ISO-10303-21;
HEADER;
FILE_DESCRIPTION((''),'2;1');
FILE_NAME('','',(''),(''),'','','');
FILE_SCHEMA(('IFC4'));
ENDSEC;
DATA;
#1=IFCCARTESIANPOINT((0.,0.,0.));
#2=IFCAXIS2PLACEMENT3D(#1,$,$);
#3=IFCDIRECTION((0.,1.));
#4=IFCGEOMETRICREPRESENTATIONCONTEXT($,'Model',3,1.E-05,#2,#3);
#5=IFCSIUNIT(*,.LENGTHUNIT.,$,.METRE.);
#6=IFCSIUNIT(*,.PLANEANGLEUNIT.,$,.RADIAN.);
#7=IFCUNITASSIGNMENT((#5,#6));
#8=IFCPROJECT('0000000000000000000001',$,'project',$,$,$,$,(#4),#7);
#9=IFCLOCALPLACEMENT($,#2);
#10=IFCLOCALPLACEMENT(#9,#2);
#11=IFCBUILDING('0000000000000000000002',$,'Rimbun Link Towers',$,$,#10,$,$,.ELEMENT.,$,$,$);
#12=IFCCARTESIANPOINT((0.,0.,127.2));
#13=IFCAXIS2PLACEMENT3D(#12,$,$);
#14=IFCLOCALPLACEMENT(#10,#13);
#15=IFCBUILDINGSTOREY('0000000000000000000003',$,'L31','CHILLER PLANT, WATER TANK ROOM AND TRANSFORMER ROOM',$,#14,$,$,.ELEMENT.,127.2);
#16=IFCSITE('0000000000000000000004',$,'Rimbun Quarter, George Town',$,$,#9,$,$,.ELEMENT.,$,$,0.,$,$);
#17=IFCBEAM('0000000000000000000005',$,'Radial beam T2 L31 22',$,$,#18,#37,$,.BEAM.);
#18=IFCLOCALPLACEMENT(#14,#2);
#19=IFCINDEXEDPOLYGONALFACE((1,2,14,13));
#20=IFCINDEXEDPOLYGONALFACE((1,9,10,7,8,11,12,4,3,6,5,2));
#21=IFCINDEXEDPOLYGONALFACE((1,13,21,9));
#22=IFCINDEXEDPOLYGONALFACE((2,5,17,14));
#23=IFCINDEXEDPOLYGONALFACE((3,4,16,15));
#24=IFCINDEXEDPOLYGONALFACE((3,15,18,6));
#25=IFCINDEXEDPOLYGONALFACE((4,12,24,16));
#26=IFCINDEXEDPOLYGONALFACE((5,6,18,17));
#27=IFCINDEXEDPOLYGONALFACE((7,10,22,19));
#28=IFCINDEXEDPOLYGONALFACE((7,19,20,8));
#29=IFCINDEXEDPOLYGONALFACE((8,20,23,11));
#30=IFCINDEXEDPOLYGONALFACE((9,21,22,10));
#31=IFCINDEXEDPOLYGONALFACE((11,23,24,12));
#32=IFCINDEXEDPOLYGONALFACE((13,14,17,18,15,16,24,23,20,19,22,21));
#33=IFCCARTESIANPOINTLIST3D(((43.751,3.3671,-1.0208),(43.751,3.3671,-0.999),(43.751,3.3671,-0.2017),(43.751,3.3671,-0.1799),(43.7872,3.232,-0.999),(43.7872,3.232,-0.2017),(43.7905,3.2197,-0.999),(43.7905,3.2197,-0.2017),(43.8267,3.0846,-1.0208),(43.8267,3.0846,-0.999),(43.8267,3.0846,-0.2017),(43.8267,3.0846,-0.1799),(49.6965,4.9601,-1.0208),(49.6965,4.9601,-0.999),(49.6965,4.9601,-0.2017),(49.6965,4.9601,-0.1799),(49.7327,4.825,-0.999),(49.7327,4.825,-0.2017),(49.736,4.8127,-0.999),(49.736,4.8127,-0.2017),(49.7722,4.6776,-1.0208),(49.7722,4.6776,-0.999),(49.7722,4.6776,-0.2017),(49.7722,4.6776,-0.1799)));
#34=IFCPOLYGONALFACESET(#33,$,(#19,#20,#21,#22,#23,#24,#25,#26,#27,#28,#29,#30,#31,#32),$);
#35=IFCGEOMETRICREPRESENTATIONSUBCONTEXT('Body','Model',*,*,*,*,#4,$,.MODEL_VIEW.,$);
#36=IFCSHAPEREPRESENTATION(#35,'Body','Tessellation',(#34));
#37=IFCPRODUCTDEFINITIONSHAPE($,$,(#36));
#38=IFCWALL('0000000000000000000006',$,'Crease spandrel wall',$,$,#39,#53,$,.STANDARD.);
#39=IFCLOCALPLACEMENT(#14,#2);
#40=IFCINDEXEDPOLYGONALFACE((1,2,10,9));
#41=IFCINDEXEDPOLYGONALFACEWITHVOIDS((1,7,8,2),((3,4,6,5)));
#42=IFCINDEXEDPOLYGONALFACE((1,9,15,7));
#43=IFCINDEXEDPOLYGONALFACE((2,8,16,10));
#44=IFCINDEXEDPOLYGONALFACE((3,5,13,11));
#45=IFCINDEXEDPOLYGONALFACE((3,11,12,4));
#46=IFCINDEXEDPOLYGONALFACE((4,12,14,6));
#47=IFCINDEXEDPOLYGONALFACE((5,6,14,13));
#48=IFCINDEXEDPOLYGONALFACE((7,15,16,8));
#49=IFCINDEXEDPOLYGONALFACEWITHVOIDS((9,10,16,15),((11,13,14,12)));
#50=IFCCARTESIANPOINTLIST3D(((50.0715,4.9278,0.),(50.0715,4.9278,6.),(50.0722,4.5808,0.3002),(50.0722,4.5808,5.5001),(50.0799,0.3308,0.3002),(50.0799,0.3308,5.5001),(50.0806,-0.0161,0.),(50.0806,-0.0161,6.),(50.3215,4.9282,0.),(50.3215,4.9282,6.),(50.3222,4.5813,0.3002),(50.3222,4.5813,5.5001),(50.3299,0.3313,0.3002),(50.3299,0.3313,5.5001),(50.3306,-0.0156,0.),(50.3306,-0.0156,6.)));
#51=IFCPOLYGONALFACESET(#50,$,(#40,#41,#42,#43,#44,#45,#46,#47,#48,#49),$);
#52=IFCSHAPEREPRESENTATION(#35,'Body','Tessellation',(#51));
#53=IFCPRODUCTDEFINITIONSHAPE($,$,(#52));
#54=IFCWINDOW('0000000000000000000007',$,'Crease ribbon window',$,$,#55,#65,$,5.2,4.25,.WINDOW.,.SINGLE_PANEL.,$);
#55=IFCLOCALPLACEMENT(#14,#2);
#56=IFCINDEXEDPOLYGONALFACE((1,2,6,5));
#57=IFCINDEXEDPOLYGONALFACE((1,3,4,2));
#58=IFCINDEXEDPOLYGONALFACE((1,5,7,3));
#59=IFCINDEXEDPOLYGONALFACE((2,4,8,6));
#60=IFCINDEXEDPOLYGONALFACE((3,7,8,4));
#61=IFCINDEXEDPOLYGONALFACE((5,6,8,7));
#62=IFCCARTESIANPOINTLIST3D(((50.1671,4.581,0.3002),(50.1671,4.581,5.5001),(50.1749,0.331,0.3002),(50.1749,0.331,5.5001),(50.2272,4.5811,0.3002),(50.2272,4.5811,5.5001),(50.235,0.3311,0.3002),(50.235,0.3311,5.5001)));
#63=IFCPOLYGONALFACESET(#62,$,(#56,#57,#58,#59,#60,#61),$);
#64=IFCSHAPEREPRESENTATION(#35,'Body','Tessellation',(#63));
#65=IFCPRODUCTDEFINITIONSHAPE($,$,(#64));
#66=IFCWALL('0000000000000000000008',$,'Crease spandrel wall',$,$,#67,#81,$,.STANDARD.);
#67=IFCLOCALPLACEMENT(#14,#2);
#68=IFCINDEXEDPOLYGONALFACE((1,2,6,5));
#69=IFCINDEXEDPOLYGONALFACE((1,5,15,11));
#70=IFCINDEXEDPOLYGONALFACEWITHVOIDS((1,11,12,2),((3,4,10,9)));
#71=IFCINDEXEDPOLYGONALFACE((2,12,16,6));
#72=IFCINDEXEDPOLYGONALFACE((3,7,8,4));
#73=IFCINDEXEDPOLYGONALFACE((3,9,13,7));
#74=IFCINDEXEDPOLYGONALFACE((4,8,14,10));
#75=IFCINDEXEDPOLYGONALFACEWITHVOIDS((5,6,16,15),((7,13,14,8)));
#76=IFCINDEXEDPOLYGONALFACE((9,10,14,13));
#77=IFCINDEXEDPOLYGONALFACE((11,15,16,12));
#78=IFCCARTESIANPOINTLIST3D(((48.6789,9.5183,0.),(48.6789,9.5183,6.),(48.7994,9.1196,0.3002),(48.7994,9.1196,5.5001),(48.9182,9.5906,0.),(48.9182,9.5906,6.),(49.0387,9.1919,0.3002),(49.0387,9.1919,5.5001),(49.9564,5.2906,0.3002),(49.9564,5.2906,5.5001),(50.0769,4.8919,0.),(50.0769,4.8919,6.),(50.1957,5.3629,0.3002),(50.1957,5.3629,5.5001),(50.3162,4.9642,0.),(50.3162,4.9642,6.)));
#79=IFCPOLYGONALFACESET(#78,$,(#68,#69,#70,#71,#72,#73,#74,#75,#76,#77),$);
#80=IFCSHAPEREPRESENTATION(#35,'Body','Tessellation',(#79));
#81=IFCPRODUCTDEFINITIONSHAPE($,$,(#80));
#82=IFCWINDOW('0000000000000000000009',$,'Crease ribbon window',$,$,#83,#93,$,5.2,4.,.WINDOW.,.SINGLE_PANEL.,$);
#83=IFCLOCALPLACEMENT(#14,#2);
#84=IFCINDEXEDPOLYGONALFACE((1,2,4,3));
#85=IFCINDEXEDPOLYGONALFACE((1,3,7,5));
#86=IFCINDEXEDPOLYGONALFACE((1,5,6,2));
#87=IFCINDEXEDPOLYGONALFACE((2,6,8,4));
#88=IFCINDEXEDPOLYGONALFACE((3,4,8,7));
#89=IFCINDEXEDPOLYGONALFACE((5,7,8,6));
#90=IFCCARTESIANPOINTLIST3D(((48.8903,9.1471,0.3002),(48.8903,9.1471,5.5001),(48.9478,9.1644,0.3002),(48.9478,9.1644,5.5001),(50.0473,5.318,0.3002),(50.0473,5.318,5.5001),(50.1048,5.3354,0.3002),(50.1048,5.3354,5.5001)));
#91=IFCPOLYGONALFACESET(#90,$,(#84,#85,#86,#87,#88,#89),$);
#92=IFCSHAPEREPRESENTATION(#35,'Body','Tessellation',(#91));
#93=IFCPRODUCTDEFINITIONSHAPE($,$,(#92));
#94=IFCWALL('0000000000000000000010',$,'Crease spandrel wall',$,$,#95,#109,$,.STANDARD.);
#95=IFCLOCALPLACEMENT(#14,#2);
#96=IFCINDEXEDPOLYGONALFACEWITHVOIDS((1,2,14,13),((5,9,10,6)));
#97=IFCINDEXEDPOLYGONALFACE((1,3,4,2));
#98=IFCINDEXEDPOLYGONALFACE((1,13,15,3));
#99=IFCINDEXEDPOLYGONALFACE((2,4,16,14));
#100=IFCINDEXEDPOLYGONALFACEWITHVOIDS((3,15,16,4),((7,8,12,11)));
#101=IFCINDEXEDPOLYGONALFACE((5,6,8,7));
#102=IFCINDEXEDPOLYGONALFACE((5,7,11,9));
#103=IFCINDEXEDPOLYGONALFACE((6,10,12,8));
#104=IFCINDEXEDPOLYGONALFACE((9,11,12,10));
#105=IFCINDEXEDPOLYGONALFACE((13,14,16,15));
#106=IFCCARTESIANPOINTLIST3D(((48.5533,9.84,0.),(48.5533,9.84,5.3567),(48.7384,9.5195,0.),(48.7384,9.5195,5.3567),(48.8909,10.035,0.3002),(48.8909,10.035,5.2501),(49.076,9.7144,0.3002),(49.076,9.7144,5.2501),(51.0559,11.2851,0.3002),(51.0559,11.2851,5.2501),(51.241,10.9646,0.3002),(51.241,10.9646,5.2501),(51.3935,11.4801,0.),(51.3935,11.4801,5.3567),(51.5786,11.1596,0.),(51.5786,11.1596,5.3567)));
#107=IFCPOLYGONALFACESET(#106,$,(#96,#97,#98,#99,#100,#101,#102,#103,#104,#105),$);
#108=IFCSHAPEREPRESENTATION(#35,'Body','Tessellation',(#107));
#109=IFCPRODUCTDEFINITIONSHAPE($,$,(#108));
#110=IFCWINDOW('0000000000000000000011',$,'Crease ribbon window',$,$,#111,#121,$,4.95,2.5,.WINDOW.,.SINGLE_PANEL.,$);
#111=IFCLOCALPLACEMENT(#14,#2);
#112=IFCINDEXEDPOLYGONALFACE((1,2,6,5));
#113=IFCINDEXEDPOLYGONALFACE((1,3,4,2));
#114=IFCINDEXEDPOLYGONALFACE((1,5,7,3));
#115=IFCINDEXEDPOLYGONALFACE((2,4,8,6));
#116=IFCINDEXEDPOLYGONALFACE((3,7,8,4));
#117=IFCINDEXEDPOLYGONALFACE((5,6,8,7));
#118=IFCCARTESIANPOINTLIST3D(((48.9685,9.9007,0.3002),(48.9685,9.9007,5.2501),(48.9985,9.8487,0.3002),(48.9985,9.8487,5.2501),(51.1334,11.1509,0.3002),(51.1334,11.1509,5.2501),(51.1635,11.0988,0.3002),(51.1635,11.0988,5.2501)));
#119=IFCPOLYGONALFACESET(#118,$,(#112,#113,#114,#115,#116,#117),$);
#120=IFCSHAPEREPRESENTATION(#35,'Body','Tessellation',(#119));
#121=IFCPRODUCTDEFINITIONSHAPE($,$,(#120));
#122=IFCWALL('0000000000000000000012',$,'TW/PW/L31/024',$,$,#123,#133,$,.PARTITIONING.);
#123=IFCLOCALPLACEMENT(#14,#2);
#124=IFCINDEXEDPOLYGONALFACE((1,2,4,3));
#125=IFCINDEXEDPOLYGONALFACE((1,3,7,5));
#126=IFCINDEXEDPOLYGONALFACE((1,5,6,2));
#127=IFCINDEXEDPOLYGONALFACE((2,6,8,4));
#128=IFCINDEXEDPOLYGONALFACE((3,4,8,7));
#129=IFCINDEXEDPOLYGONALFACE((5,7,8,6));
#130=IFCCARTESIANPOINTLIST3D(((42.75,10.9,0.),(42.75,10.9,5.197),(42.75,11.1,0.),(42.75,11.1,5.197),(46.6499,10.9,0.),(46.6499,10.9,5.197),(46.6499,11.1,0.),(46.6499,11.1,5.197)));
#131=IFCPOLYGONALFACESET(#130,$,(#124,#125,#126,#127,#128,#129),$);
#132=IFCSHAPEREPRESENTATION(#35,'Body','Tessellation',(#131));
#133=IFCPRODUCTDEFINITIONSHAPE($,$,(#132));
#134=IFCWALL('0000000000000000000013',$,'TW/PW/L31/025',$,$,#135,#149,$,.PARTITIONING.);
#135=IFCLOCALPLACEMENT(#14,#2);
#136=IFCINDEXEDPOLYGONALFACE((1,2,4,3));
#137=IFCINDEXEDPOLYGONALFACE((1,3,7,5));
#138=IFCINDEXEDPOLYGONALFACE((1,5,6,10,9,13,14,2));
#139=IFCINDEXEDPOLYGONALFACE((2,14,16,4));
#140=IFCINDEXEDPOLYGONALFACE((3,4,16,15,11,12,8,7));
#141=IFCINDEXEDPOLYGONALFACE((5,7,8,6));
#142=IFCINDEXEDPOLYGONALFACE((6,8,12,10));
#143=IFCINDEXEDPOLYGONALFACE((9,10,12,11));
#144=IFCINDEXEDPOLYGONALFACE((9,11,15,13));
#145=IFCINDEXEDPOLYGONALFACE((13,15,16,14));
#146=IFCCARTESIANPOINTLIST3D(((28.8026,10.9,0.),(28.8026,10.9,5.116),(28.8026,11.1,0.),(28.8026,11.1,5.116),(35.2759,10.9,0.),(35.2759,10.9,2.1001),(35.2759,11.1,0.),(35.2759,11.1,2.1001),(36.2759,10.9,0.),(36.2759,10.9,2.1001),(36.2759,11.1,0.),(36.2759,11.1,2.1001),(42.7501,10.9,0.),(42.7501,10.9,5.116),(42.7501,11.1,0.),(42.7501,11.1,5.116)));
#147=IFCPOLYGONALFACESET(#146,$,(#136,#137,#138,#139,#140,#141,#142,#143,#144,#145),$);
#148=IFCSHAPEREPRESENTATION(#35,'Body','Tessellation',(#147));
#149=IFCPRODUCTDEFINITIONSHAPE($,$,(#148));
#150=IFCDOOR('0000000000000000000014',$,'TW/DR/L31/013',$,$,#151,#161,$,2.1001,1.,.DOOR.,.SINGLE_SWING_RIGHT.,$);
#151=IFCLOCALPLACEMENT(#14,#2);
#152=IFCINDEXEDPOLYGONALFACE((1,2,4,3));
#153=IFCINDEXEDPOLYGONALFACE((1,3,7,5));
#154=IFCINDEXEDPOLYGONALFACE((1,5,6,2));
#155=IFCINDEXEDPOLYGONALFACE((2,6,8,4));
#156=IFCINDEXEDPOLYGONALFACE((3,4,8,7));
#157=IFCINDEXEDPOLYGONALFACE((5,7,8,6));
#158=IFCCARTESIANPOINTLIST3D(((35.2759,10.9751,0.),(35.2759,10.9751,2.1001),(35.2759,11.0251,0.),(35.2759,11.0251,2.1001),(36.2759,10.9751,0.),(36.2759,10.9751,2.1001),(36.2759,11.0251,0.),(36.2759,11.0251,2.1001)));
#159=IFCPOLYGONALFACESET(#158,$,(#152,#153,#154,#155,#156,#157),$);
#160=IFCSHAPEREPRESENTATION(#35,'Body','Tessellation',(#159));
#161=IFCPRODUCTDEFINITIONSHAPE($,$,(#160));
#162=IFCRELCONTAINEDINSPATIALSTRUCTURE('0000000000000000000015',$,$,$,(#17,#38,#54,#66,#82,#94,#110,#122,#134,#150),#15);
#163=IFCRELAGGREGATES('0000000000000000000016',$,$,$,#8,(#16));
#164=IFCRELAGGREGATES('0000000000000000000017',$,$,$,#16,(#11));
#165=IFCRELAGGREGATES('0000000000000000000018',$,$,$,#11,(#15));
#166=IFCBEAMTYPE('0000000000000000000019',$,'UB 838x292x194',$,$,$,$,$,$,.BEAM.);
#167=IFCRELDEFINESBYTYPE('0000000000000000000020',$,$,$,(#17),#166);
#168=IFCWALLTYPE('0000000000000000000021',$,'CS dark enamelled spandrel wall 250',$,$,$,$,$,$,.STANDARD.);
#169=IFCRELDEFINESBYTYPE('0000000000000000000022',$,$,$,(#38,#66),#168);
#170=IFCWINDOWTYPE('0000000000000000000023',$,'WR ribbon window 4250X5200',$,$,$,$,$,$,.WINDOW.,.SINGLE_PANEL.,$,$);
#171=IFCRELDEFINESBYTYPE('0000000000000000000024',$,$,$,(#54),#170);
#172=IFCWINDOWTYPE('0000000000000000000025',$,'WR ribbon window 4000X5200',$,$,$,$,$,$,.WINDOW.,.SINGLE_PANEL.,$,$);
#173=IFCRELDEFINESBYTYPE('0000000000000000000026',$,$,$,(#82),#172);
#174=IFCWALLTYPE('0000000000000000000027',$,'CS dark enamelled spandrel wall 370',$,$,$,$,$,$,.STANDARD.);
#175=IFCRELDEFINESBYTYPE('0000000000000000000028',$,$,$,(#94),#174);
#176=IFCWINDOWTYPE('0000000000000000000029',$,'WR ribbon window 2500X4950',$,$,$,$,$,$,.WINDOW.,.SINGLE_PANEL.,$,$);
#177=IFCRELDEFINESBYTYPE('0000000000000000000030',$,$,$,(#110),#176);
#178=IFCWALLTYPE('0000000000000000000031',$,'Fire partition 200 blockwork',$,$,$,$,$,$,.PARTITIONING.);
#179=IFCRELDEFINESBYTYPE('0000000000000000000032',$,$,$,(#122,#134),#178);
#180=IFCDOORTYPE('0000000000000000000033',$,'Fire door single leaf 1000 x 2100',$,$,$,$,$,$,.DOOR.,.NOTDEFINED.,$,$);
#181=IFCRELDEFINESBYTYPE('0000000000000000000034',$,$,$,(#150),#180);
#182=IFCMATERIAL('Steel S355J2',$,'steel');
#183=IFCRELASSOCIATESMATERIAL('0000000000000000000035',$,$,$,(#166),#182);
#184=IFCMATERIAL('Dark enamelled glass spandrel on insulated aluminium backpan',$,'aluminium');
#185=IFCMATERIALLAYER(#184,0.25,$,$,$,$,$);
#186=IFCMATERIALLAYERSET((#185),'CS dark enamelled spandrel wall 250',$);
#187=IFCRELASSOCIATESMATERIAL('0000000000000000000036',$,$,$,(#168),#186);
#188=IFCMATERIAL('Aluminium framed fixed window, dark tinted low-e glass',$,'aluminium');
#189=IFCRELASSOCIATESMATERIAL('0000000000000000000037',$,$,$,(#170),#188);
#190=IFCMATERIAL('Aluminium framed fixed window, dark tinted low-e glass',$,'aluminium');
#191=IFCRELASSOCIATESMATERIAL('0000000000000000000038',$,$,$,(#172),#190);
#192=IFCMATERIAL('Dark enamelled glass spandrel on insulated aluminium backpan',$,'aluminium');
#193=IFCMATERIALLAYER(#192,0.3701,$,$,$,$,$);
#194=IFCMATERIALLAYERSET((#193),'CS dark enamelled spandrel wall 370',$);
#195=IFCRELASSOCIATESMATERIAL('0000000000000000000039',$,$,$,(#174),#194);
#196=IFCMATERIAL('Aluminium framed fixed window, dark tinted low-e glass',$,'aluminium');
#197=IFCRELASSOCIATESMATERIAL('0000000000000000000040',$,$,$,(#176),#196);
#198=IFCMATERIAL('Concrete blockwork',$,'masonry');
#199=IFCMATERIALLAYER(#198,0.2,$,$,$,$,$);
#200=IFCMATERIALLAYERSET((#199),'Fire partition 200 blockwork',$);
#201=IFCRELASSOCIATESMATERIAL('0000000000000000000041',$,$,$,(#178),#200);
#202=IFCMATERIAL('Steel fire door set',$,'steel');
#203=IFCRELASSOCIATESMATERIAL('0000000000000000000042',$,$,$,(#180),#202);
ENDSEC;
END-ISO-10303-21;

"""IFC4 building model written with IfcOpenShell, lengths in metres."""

from ifc_helpers import new_model, si_unit, direction, frame, frame_2d, origin, origin_2d, place, context, subcontext, project, spatial, rectangle, i_section, extrude, material, layer, layer_set, material_profile, profile_set, type_object, element, fill, save


model = new_model("IFC4")

# Units and contexts
model_context = context("Model", 3, precision=1e-05, world=origin(), true_north=direction((0.0, 1.0)))
body_context = subcontext(model_context, "Body", "Model", "MODEL_VIEW")
ifc_project = project(units=[si_unit("LENGTHUNIT", "METRE"), si_unit("PLANEANGLEUNIT", "RADIAN")], contexts=[model_context])

# Site, building, storey
site_placement = place(None, origin())
site = spatial("IfcSite", under=ifc_project, at=site_placement, Name="Rimbun Quarter, George Town", CompositionType="ELEMENT", RefElevation=0.0)
building_placement = place(site_placement, origin())
building = spatial("IfcBuilding", under=site, at=building_placement, Name="Rimbun Link Towers", CompositionType="ELEMENT")
storey_placement = place(building_placement, frame((0.0, 0.0, 127.2)))
storey = spatial("IfcBuildingStorey", under=building, at=storey_placement, Name="L31", Description="CHILLER PLANT, WATER TANK ROOM AND TRANSFORMER ROOM", CompositionType="ELEMENT", Elevation=127.2)

# Beam
ifc_material_1 = material(Name="Steel S355J2", Category="steel")
ifc_material_profile_1 = material_profile(ifc_material_1, i_section(OverallWidth=0.2925, OverallDepth=0.8408, WebThickness=0.0127, FlangeThickness=0.0217, at=origin_2d()), Name="UB 838x292x194")
ifc_profile_set_1 = profile_set([ifc_material_profile_1], Name="Steel S355J2")
beam_type_1 = type_object("IfcBeamType", Name="UB 838x292x194", PredefinedType="BEAM", material=ifc_profile_set_1)
beam_1_placement = place(storey_placement, frame((43.7888, 3.2258, -0.6003), z_axis=(0.965929, 0.258805, 0.0), x_axis=(-0.258805, 0.965929, 0.0)))
element("IfcBeam", 1, at=beam_1_placement, inside=storey, type_object=beam_type_1, Name="Radial beam T2 L31 22", PredefinedType="BEAM", context=body_context, shape_type="SweptSolid", body=[
    extrude(i_section(OverallWidth=0.2925, OverallDepth=0.8408, WebThickness=0.0127, FlangeThickness=0.0217, at=origin_2d()), origin(), (0.0, 0.0, 1.0), 6.1553),
])

# Walls, openings, windows
ifc_material_2 = material(Name="Dark enamelled glass spandrel on insulated aluminium backpan", Category="aluminium")
ifc_layer_1 = layer(ifc_material_2, 0.25)
ifc_layer_set_1 = layer_set([ifc_layer_1], Name="CS dark enamelled spandrel wall 250")
wall_type_1 = type_object("IfcWallType", Name="CS dark enamelled spandrel wall 250", PredefinedType="STANDARD", material=ifc_layer_set_1)
wall_1_placement = place(storey_placement, frame((50.1965, 4.928, 0.0), z_axis=(0.0, 0.0, 1.0), x_axis=(0.001827, -0.999998, 0.0)))
wall_1 = element("IfcWall", 2, at=wall_1_placement, inside=storey, type_object=wall_type_1, Name="Crease spandrel wall", PredefinedType="STANDARD", context=body_context, shape_type="SweptSolid", body=[
    extrude(rectangle(XDim=4.9438, YDim=0.25, at=frame_2d((2.4719, 0.0))), origin(), (0.0, 0.0, 1.0), 6.0),
])
opening_1_placement = place(wall_1_placement, frame((0.3469, 0.0, 0.3)))
opening_1 = element("IfcOpeningElement", 3, at=opening_1_placement, cuts=wall_1, PredefinedType="OPENING", context=body_context, shape_type="SweptSolid", body=[
    extrude(rectangle(XDim=4.25, YDim=5.2, at=frame_2d((2.125, 2.6001))), frame((0.0, 0.135, 0.0), z_axis=(0.0, -1.0, 0.0), x_axis=(1.0, 0.0, 0.0)), (0.0, 0.0, 1.0), 0.27),
])
ifc_material_3 = material(Name="Aluminium framed fixed window, dark tinted low-e glass", Category="aluminium")
window_type_1 = type_object("IfcWindowType", Name="WR ribbon window 4250X5200", PartitioningType="SINGLE_PANEL", PredefinedType="WINDOW", material=ifc_material_3)
window_1_placement = place(opening_1_placement, origin())
window_1 = element("IfcWindow", 4, at=window_1_placement, inside=storey, type_object=window_type_1, Name="Crease ribbon window", OverallHeight=5.2, OverallWidth=4.25, PartitioningType="SINGLE_PANEL", PredefinedType="WINDOW", context=body_context, shape_type="SweptSolid", body=[
    extrude(rectangle(XDim=4.25, YDim=5.2, at=frame_2d((2.125, 2.6001))), frame((0.0, 0.03, 0.0), z_axis=(0.0, -1.0, 0.0), x_axis=(1.0, 0.0, 0.0)), (0.0, 0.0, 1.0), 0.0601),
])
fill(opening_1, window_1)
wall_2_placement = place(storey_placement, frame((48.7986, 9.5544, 0.0), z_axis=(0.0, 0.0, 1.0), x_axis=(0.289247, -0.957254, 0.0)))
wall_2 = element("IfcWall", 5, at=wall_2_placement, inside=storey, type_object=wall_type_1, Name="Crease spandrel wall", PredefinedType="STANDARD", context=body_context, shape_type="SweptSolid", body=[
    extrude(rectangle(XDim=4.833, YDim=0.25, at=frame_2d((2.4165, 0.0))), origin(), (0.0, 0.0, 1.0), 6.0),
])
opening_2_placement = place(wall_2_placement, frame((0.4165, 0.0, 0.3)))
opening_2 = element("IfcOpeningElement", 6, at=opening_2_placement, cuts=wall_2, PredefinedType="OPENING", context=body_context, shape_type="SweptSolid", body=[
    extrude(rectangle(XDim=4.0, YDim=5.2, at=frame_2d((2.0, 2.6001))), frame((0.0, 0.135, 0.0), z_axis=(0.0, -1.0, 0.0), x_axis=(1.0, 0.0, 0.0)), (0.0, 0.0, 1.0), 0.27),
])
ifc_material_4 = material(Name="Aluminium framed fixed window, dark tinted low-e glass", Category="aluminium")
window_type_2 = type_object("IfcWindowType", Name="WR ribbon window 4000X5200", PartitioningType="SINGLE_PANEL", PredefinedType="WINDOW", material=ifc_material_4)
window_2_placement = place(opening_2_placement, origin())
window_2 = element("IfcWindow", 7, at=window_2_placement, inside=storey, type_object=window_type_2, Name="Crease ribbon window", OverallHeight=5.2, OverallWidth=4.0, PartitioningType="SINGLE_PANEL", PredefinedType="WINDOW", context=body_context, shape_type="SweptSolid", body=[
    extrude(rectangle(XDim=4.0, YDim=5.2, at=frame_2d((2.0, 2.6001))), frame((0.0, 0.03, 0.0), z_axis=(0.0, -1.0, 0.0), x_axis=(1.0, 0.0, 0.0)), (0.0, 0.0, 1.0), 0.0601),
])
fill(opening_2, window_2)
ifc_material_5 = material(Name="Dark enamelled glass spandrel on insulated aluminium backpan", Category="aluminium")
ifc_layer_2 = layer(ifc_material_5, 0.3701)
ifc_layer_set_2 = layer_set([ifc_layer_2], Name="CS dark enamelled spandrel wall 370")
wall_type_2 = type_object("IfcWallType", Name="CS dark enamelled spandrel wall 370", PredefinedType="STANDARD", material=ifc_layer_set_2)
wall_3_placement = place(storey_placement, frame((51.4861, 11.3198, 0.0), z_axis=(0.0, 0.0, 1.0), x_axis=(-0.86599, -0.500062, 0.0)))
wall_3 = element("IfcWall", 8, at=wall_3_placement, inside=storey, type_object=wall_type_2, Name="Crease spandrel wall", PredefinedType="STANDARD", context=body_context, shape_type="SweptSolid", body=[
    extrude(rectangle(XDim=3.2798, YDim=0.3701, at=frame_2d((1.6399, 0.0))), origin(), (0.0, 0.0, 1.0), 5.3567),
])
opening_3_placement = place(wall_3_placement, frame((0.3899, 0.0, 0.3)))
opening_3 = element("IfcOpeningElement", 9, at=opening_3_placement, cuts=wall_3, PredefinedType="OPENING", context=body_context, shape_type="SweptSolid", body=[
    extrude(rectangle(XDim=2.5, YDim=4.95, at=frame_2d((1.25, 2.4751))), frame((0.0, 0.1951, 0.0), z_axis=(0.0, -1.0, 0.0), x_axis=(1.0, 0.0, 0.0)), (0.0, 0.0, 1.0), 0.3901),
])
ifc_material_6 = material(Name="Aluminium framed fixed window, dark tinted low-e glass", Category="aluminium")
window_type_3 = type_object("IfcWindowType", Name="WR ribbon window 2500X4950", PartitioningType="SINGLE_PANEL", PredefinedType="WINDOW", material=ifc_material_6)
window_3_placement = place(opening_3_placement, origin())
window_3 = element("IfcWindow", 10, at=window_3_placement, inside=storey, type_object=window_type_3, Name="Crease ribbon window", OverallHeight=4.95, OverallWidth=2.5, PartitioningType="SINGLE_PANEL", PredefinedType="WINDOW", context=body_context, shape_type="SweptSolid", body=[
    extrude(rectangle(XDim=2.5, YDim=4.95, at=frame_2d((1.25, 2.4751))), frame((0.0, 0.03, 0.0), z_axis=(0.0, -1.0, 0.0), x_axis=(1.0, 0.0, 0.0)), (0.0, 0.0, 1.0), 0.0601),
])
fill(opening_3, window_3)

# Wall
ifc_material_7 = material(Name="Concrete blockwork", Category="masonry")
ifc_layer_3 = layer(ifc_material_7, 0.2)
ifc_layer_set_3 = layer_set([ifc_layer_3], Name="Fire partition 200 blockwork")
wall_type_3 = type_object("IfcWallType", Name="Fire partition 200 blockwork", PredefinedType="PARTITIONING", material=ifc_layer_set_3)
wall_4_placement = place(storey_placement, frame((46.6499, 11.0, 0.0), z_axis=(0.0, 0.0, 1.0), x_axis=(-1.0, 0.0, 0.0)))
element("IfcWall", 11, at=wall_4_placement, inside=storey, type_object=wall_type_3, Name="TW/PW/L31/024", PredefinedType="PARTITIONING", context=body_context, shape_type="SweptSolid", body=[
    extrude(rectangle(XDim=3.8999, YDim=0.2, at=frame_2d((1.95, 0.0))), origin(), (0.0, 0.0, 1.0), 5.197),
])

# Wall, opening, door
wall_5_placement = place(storey_placement, frame((42.75, 11.0, 0.0), z_axis=(0.0, 0.0, 1.0), x_axis=(-1.0, 0.0, 0.0)))
wall_5 = element("IfcWall", 12, at=wall_5_placement, inside=storey, type_object=wall_type_3, Name="TW/PW/L31/025", PredefinedType="PARTITIONING", context=body_context, shape_type="SweptSolid", body=[
    extrude(rectangle(XDim=13.9475, YDim=0.2, at=frame_2d((6.9736, 0.0))), origin(), (0.0, 0.0, 1.0), 5.116),
])
opening_4_placement = place(wall_5_placement, frame((6.4741, 0.0, 0.0)))
opening_4 = element("IfcOpeningElement", 13, at=opening_4_placement, cuts=wall_5, PredefinedType="OPENING", context=body_context, shape_type="SweptSolid", body=[
    extrude(rectangle(XDim=1.0, YDim=2.1001, at=frame_2d((0.5, 1.05))), frame((0.0, 0.1099, 0.0), z_axis=(0.0, -1.0, 0.0), x_axis=(1.0, 0.0, 0.0)), (0.0, 0.0, 1.0), 0.22),
])
ifc_material_8 = material(Name="Steel fire door set", Category="steel")
door_type_1 = type_object("IfcDoorType", Name="Fire door single leaf 1000 x 2100", OperationType="NOTDEFINED", PredefinedType="DOOR", material=ifc_material_8)
door_1_placement = place(opening_4_placement, origin())
door_1 = element("IfcDoor", 14, at=door_1_placement, inside=storey, type_object=door_type_1, Name="TW/DR/L31/013", OperationType="SINGLE_SWING_RIGHT", OverallHeight=2.1001, OverallWidth=1.0, PredefinedType="DOOR", context=body_context, shape_type="SweptSolid", body=[
    extrude(rectangle(XDim=1.0, YDim=2.1001, at=frame_2d((0.5, 1.05))), frame((0.0, 0.0249, 0.0), z_axis=(0.0, -1.0, 0.0), x_axis=(1.0, 0.0, 0.0)), (0.0, 0.0, 1.0), 0.05),
])
fill(opening_4, door_1)

save(model, "model.ifc")
